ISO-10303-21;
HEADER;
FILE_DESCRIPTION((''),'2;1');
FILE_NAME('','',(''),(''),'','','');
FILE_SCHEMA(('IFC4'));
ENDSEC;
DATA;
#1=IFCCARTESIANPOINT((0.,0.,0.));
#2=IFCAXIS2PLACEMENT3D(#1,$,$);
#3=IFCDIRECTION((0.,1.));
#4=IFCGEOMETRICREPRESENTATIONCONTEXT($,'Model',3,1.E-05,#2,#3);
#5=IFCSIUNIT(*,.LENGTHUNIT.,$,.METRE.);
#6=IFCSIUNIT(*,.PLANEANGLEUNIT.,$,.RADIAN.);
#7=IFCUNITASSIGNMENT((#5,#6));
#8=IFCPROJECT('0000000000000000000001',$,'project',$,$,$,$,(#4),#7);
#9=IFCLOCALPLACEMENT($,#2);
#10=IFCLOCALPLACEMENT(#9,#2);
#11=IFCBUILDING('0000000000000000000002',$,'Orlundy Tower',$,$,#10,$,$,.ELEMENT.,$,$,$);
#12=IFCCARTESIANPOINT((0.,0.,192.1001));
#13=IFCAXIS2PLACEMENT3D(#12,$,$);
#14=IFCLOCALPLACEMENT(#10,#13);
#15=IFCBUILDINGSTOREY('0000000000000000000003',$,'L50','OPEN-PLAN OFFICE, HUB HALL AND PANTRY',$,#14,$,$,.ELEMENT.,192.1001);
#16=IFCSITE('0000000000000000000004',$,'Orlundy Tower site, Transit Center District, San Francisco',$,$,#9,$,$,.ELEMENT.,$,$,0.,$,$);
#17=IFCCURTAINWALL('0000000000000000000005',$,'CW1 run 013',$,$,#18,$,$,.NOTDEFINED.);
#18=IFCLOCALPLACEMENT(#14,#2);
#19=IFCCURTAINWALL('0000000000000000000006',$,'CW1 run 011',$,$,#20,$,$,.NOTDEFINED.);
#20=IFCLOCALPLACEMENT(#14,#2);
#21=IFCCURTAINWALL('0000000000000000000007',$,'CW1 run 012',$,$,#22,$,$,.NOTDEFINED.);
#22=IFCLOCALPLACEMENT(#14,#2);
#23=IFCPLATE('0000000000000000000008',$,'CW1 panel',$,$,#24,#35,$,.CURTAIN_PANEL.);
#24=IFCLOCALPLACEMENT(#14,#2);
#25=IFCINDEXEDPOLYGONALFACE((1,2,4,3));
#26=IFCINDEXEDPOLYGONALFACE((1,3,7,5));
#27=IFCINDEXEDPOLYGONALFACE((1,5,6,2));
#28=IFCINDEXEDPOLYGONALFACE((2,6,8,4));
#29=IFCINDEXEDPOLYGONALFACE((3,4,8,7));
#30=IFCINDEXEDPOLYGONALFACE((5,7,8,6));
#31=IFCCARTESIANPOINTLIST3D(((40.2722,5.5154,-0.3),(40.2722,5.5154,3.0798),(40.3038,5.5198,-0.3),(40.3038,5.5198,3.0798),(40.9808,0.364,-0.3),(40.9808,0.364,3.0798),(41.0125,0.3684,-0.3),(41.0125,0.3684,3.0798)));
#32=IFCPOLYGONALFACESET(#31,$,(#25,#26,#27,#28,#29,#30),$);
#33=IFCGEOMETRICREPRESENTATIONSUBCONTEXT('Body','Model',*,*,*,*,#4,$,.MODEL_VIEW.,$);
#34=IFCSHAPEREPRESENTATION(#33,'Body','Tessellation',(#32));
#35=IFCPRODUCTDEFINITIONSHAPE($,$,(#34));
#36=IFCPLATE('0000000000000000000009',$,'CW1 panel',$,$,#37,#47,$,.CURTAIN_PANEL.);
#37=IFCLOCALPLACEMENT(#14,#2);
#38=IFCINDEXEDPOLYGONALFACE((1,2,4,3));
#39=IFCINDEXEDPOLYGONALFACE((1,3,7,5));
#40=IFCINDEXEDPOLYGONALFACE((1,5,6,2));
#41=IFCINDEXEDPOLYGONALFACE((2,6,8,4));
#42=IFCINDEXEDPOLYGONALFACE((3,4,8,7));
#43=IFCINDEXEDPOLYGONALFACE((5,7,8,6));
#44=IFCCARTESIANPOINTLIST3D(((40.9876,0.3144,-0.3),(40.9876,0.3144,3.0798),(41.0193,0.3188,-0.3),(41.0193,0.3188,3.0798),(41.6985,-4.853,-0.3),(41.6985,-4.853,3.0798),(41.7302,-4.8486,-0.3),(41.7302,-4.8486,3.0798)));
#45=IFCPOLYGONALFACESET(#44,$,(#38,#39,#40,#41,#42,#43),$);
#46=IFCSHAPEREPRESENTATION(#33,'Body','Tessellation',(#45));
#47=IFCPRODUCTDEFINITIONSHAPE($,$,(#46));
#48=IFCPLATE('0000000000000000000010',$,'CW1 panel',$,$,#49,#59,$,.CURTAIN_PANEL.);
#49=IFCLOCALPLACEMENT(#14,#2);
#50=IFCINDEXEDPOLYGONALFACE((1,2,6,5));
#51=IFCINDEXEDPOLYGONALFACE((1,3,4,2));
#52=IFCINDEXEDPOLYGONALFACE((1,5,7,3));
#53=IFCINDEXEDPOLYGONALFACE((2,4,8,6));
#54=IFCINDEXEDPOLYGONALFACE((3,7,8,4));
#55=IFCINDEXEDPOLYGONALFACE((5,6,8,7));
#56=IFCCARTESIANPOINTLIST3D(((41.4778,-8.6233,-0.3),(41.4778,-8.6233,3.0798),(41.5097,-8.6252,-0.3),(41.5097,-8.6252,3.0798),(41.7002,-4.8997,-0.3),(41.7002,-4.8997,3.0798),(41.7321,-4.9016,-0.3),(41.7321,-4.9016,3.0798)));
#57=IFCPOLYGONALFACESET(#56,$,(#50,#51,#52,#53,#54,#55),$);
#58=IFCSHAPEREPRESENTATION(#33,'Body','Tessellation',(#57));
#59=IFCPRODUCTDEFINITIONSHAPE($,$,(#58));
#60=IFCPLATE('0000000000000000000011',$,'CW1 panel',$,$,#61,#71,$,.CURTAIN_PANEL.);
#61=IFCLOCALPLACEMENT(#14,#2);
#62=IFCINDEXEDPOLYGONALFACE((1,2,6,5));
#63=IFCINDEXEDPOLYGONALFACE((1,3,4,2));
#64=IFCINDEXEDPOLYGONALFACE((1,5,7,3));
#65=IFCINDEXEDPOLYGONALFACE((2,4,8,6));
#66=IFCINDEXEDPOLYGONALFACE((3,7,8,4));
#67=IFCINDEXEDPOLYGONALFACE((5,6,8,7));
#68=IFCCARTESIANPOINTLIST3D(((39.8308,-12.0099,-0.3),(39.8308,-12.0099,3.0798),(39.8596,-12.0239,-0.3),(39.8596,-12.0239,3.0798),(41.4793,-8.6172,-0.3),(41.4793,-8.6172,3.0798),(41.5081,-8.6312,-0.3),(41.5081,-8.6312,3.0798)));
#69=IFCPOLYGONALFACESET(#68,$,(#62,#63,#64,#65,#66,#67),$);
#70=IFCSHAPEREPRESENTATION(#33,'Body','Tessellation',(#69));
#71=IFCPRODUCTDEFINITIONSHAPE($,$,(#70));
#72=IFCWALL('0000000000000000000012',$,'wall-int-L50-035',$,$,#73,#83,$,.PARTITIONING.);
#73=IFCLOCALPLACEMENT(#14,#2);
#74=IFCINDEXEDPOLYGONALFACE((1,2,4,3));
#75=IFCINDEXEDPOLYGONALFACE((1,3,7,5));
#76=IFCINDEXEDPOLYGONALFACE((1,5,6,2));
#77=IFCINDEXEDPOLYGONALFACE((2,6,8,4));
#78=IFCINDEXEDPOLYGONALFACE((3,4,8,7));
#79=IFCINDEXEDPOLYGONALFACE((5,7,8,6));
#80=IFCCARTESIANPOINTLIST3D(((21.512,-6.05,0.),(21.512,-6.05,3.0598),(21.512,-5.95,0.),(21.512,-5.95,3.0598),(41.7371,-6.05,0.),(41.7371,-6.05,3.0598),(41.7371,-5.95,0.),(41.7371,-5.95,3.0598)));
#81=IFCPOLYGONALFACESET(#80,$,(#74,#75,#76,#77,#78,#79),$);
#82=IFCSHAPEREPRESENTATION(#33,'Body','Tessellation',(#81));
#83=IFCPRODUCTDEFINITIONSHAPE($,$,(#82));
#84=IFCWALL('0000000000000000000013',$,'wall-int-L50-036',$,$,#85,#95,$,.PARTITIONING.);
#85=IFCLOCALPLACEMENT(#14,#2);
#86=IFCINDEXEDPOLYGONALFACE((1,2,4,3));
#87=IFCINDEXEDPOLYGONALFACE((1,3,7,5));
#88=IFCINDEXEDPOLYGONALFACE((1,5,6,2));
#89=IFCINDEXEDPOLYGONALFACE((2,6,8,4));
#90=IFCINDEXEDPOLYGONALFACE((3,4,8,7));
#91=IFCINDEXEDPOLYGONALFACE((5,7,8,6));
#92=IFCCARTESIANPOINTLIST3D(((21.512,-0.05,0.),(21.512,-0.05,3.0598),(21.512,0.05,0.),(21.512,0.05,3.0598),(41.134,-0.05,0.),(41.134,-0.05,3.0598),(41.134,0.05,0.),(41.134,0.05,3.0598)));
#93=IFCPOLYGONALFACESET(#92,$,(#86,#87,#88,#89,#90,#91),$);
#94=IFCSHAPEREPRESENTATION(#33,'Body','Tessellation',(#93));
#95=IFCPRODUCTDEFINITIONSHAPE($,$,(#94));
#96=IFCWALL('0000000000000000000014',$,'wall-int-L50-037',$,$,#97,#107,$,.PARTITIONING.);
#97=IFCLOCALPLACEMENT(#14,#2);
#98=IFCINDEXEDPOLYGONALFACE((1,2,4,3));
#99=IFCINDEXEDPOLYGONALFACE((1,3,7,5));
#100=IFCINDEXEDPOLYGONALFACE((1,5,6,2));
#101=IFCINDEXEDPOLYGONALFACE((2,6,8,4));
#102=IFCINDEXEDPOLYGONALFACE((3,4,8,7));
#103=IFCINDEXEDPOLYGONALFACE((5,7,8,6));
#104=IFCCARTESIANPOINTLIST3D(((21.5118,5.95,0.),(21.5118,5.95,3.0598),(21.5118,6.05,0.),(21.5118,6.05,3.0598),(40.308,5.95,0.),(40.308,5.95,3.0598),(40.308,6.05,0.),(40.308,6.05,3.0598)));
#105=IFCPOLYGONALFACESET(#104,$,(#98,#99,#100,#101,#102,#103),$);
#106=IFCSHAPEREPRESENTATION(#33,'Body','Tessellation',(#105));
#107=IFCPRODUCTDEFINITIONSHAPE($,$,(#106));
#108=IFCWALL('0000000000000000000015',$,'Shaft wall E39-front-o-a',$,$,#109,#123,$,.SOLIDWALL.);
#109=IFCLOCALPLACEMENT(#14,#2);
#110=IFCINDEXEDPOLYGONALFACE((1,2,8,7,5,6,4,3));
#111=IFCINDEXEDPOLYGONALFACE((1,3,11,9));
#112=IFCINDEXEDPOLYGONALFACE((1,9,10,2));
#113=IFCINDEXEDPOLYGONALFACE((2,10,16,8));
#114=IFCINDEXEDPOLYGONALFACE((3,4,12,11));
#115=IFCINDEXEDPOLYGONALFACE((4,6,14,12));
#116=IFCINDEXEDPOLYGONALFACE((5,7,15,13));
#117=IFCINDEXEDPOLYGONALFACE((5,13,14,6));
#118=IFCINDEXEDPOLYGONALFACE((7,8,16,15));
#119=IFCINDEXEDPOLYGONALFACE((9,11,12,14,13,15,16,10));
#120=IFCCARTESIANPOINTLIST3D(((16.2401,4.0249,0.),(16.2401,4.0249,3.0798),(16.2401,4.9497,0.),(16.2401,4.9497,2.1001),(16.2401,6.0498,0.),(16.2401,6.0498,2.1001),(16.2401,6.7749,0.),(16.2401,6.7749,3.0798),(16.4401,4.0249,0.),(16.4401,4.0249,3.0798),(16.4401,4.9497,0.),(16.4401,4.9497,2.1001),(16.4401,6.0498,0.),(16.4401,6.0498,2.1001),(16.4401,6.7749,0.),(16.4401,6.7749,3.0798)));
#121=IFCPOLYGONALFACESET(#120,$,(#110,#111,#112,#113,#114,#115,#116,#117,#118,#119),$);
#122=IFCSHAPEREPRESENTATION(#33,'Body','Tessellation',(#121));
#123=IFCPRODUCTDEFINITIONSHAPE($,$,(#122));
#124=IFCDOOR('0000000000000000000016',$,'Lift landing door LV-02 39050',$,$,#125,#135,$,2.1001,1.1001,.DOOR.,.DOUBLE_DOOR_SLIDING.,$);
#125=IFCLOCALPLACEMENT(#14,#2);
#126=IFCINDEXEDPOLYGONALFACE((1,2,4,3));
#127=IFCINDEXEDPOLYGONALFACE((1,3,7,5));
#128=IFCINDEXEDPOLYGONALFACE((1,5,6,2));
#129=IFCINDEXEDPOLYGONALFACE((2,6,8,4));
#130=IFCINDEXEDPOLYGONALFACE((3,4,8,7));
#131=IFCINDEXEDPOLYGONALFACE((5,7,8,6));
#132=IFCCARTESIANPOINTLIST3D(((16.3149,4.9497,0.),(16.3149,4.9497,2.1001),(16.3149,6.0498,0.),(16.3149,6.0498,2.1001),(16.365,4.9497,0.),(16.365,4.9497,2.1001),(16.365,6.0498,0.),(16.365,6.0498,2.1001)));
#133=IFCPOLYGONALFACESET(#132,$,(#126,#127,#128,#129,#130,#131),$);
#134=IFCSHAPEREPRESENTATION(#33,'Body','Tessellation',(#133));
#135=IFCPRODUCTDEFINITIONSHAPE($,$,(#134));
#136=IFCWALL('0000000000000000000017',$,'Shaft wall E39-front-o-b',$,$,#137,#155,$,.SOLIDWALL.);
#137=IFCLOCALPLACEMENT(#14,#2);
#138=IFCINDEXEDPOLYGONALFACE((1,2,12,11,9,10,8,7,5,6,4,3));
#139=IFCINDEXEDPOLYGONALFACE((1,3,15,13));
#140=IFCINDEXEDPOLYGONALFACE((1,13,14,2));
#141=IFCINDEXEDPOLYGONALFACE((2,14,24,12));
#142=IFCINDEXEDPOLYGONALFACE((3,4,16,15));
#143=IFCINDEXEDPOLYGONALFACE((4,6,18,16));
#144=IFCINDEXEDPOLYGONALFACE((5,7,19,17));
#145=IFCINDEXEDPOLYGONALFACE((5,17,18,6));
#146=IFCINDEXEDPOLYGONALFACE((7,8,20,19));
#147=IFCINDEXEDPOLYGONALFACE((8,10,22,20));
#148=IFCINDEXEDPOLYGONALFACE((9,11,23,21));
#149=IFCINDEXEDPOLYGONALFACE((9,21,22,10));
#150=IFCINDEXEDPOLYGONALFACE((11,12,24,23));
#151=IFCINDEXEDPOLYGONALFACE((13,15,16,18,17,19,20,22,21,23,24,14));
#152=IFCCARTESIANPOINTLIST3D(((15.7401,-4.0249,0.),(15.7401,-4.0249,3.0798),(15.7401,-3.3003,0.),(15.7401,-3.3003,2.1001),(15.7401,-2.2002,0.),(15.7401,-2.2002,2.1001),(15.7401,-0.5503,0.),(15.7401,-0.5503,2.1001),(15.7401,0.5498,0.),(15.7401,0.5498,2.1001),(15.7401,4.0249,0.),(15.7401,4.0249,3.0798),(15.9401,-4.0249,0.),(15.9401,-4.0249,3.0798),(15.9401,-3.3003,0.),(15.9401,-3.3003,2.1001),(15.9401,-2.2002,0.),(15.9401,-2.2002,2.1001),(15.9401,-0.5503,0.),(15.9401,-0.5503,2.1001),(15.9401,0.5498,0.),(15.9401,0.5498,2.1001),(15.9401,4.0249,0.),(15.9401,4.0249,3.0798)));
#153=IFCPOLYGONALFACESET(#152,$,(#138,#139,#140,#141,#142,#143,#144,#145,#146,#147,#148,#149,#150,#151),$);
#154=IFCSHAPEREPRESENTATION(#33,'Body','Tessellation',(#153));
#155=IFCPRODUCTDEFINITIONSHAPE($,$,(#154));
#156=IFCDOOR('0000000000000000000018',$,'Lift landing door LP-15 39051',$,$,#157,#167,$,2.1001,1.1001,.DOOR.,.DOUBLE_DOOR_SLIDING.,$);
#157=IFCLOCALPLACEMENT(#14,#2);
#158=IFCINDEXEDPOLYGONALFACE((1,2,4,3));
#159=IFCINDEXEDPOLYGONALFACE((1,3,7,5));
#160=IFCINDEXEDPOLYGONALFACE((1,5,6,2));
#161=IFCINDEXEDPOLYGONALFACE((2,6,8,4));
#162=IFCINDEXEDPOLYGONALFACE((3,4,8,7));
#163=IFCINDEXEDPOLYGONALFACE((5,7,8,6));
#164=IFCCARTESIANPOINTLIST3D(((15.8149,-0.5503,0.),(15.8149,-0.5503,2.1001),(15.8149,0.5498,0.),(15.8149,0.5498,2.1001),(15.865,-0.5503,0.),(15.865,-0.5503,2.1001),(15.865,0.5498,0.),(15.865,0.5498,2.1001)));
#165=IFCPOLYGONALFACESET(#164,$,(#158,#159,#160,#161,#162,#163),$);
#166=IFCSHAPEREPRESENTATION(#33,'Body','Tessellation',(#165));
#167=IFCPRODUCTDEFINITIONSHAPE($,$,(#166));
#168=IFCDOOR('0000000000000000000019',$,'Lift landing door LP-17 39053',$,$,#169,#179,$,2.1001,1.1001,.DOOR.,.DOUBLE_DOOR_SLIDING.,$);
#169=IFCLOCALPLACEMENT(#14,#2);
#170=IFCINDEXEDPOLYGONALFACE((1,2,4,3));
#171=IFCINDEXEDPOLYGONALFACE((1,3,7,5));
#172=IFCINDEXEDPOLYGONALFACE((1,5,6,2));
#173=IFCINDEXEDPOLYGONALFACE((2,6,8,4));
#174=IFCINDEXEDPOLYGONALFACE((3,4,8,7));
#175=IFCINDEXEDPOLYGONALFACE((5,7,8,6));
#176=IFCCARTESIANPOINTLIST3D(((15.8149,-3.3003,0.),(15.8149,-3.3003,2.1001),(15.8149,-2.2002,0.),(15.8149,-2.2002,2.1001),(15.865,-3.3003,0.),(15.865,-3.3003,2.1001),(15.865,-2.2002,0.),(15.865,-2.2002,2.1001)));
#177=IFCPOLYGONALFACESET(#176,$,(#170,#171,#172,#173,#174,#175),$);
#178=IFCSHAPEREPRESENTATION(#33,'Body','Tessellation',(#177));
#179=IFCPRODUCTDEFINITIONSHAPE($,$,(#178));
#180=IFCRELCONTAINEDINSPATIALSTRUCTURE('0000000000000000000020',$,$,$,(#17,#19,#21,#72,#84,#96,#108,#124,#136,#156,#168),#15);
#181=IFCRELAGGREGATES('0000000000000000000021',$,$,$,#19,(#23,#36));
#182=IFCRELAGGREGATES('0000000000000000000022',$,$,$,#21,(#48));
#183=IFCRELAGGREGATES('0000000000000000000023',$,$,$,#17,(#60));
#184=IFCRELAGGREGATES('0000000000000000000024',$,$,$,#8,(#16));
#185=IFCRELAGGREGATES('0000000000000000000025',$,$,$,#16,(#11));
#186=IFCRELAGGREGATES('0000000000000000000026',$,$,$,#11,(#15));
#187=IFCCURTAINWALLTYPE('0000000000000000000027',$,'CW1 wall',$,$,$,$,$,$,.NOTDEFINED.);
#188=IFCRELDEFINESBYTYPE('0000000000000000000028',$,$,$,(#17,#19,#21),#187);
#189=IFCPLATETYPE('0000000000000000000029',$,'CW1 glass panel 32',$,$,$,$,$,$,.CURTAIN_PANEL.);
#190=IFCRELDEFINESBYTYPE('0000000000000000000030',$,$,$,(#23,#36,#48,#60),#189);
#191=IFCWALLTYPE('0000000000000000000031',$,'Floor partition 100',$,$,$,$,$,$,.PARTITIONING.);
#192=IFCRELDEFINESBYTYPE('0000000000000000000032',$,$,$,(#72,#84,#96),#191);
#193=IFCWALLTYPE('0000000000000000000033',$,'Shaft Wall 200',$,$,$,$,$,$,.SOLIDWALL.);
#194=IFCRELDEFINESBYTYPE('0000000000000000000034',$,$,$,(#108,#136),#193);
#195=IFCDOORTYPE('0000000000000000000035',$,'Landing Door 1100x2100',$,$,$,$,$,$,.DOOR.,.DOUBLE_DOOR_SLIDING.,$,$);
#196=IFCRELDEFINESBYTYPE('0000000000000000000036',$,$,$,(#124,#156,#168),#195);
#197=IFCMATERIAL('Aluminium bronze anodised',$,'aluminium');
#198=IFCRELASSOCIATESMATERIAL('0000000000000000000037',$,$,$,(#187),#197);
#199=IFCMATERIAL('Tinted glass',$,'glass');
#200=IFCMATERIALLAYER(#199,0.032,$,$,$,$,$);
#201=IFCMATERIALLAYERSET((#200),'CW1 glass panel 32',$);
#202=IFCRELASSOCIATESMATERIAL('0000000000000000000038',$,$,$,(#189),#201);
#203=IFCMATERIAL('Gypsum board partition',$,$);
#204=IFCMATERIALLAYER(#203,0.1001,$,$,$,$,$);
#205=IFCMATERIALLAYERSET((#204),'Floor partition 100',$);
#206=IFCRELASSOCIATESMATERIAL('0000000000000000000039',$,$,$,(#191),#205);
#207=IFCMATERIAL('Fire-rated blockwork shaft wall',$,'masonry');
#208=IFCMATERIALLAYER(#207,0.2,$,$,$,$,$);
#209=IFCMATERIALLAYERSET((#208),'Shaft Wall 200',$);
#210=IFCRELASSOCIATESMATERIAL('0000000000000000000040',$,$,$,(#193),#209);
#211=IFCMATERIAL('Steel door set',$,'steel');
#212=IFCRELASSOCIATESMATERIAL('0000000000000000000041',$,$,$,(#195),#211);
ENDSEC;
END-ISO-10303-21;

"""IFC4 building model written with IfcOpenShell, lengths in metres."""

from ifc_helpers import new_model, si_unit, direction, frame, frame_2d, origin, origin_2d, place, context, subcontext, project, spatial, rectangle, extrude, material, layer, layer_set, type_object, element, fill, aggregate, save


model = new_model("IFC4")

# Units and contexts
model_context = context("Model", 3, precision=1e-05, world=origin(), true_north=direction((0.0, 1.0)))
body_context = subcontext(model_context, "Body", "Model", "MODEL_VIEW")
ifc_project = project(units=[si_unit("LENGTHUNIT", "METRE"), si_unit("PLANEANGLEUNIT", "RADIAN")], contexts=[model_context])

# Site, building, storey
site_placement = place(None, origin())
site = spatial("IfcSite", under=ifc_project, at=site_placement, Name="Orlundy Tower site, Transit Center District, San Francisco", CompositionType="ELEMENT", RefElevation=0.0)
building_placement = place(site_placement, origin())
building = spatial("IfcBuilding", under=site, at=building_placement, Name="Orlundy Tower", CompositionType="ELEMENT")
storey_placement = place(building_placement, frame((0.0, 0.0, 192.1001)))
storey = spatial("IfcBuildingStorey", under=building, at=storey_placement, Name="L50", Description="OPEN-PLAN OFFICE, HUB HALL AND PANTRY", CompositionType="ELEMENT", Elevation=192.1001)

# Curtain wall
ifc_material_1 = material(Name="Aluminium bronze anodised", Category="aluminium")
curtain_wall_type = type_object("IfcCurtainWallType", Name="CW1 wall", PredefinedType="NOTDEFINED", material=ifc_material_1)
curtain_wall_1_placement = place(storey_placement, origin())
curtain_wall_1 = element("IfcCurtainWall", 1, at=curtain_wall_1_placement, inside=storey, type_object=curtain_wall_type, Name="CW1 run 013", PredefinedType="NOTDEFINED")

# Curtain wall
curtain_wall_2_placement = place(storey_placement, origin())
curtain_wall_2 = element("IfcCurtainWall", 2, at=curtain_wall_2_placement, inside=storey, type_object=curtain_wall_type, Name="CW1 run 011", PredefinedType="NOTDEFINED")

# Curtain wall
curtain_wall_3_placement = place(storey_placement, origin())
curtain_wall_3 = element("IfcCurtainWall", 3, at=curtain_wall_3_placement, inside=storey, type_object=curtain_wall_type, Name="CW1 run 012", PredefinedType="NOTDEFINED")

# Plates
ifc_material_2 = material(Name="Tinted glass", Category="glass")
ifc_layer_1 = layer(ifc_material_2, 0.032)
ifc_layer_set_1 = layer_set([ifc_layer_1], Name="CW1 glass panel 32")
plate_type = type_object("IfcPlateType", Name="CW1 glass panel 32", PredefinedType="CURTAIN_PANEL", material=ifc_layer_set_1)
plate_1_placement = place(storey_placement, frame((40.6423, 2.9419, -0.3), z_axis=(0.0, 0.0, 1.0), x_axis=(0.136286, -0.99067, 0.0)))
plate_1 = element("IfcPlate", 4, at=plate_1_placement, type_object=plate_type, Name="CW1 panel", PredefinedType="CURTAIN_PANEL", context=body_context, shape_type="SweptSolid", body=[
    extrude(rectangle(XDim=5.2, YDim=0.032, at=origin_2d()), origin(), (0.0, 0.0, 1.0), 3.3799),
])
plate_2_placement = place(storey_placement, frame((41.3589, -2.2671, -0.3), z_axis=(0.0, 0.0, 1.0), x_axis=(0.136286, -0.99067, 0.0)))
plate_2 = element("IfcPlate", 5, at=plate_2_placement, type_object=plate_type, Name="CW1 panel", PredefinedType="CURTAIN_PANEL", context=body_context, shape_type="SweptSolid", body=[
    extrude(rectangle(XDim=5.2161, YDim=0.032, at=origin_2d()), origin(), (0.0, 0.0, 1.0), 3.3799),
])
aggregate(curtain_wall_2, [plate_1, plate_2])
plate_3_placement = place(storey_placement, frame((41.605, -6.7625, -0.3), z_axis=(0.0, 0.0, 1.0), x_axis=(-0.059623, -0.998221, 0.0)))
plate_3 = element("IfcPlate", 6, at=plate_3_placement, type_object=plate_type, Name="CW1 panel", PredefinedType="CURTAIN_PANEL", context=body_context, shape_type="SweptSolid", body=[
    extrude(rectangle(XDim=3.7302, YDim=0.032, at=origin_2d()), origin(), (0.0, 0.0, 1.0), 3.3799),
])
aggregate(curtain_wall_3, [plate_3])
plate_4_placement = place(storey_placement, frame((40.6694, -10.3206, -0.3), z_axis=(0.0, 0.0, 1.0), x_axis=(-0.437041, -0.899442, 0.0)))
plate_4 = element("IfcPlate", 7, at=plate_4_placement, type_object=plate_type, Name="CW1 panel", PredefinedType="CURTAIN_PANEL", context=body_context, shape_type="SweptSolid", body=[
    extrude(rectangle(XDim=3.772, YDim=0.032, at=origin_2d()), origin(), (0.0, 0.0, 1.0), 3.3799),
])
aggregate(curtain_wall_1, [plate_4])

# Walls
ifc_material_3 = material(Name="Gypsum board partition")
ifc_layer_2 = layer(ifc_material_3, 0.1001)
ifc_layer_set_2 = layer_set([ifc_layer_2], Name="Floor partition 100")
wall_type_1 = type_object("IfcWallType", Name="Floor partition 100", PredefinedType="PARTITIONING", material=ifc_layer_set_2)
wall_1_placement = place(storey_placement, frame((21.512, -6.0, 0.0), z_axis=(0.0, 0.0, 1.0), x_axis=(1.0, 0.0, 0.0)))
element("IfcWall", 8, at=wall_1_placement, inside=storey, type_object=wall_type_1, Name="wall-int-L50-035", PredefinedType="PARTITIONING", context=body_context, shape_type="SweptSolid", body=[
    extrude(rectangle(XDim=20.2251, YDim=0.1001, at=frame_2d((10.1125, 0.0))), origin(), (0.0, 0.0, 1.0), 3.0598),
])
wall_2_placement = place(storey_placement, frame((21.512, 0.0, 0.0), z_axis=(0.0, 0.0, 1.0), x_axis=(1.0, 0.0, 0.0)))
element("IfcWall", 9, at=wall_2_placement, inside=storey, type_object=wall_type_1, Name="wall-int-L50-036", PredefinedType="PARTITIONING", context=body_context, shape_type="SweptSolid", body=[
    extrude(rectangle(XDim=19.6221, YDim=0.1001, at=frame_2d((9.811, 0.0))), origin(), (0.0, 0.0, 1.0), 3.0598),
])
wall_3_placement = place(storey_placement, frame((21.512, 6.0, 0.0), z_axis=(0.0, 0.0, 1.0), x_axis=(1.0, 0.0, 0.0)))
element("IfcWall", 10, at=wall_3_placement, inside=storey, type_object=wall_type_1, Name="wall-int-L50-037", PredefinedType="PARTITIONING", context=body_context, shape_type="SweptSolid", body=[
    extrude(rectangle(XDim=18.7961, YDim=0.1001, at=frame_2d((9.3979, 0.0))), origin(), (0.0, 0.0, 1.0), 3.0598),
])

# Wall, opening, door
ifc_material_4 = material(Name="Fire-rated blockwork shaft wall", Category="masonry")
ifc_layer_3 = layer(ifc_material_4, 0.2)
ifc_layer_set_3 = layer_set([ifc_layer_3], Name="Shaft Wall 200")
wall_type_2 = type_object("IfcWallType", Name="Shaft Wall 200", PredefinedType="SOLIDWALL", material=ifc_layer_set_3)
wall_4_placement = place(storey_placement, frame((16.3401, 6.7749, 0.0), z_axis=(0.0, 0.0, 1.0), x_axis=(0.0, -1.0, 0.0)))
wall_4 = element("IfcWall", 11, at=wall_4_placement, inside=storey, type_object=wall_type_2, Name="Shaft wall E39-front-o-a", PredefinedType="SOLIDWALL", context=body_context, shape_type="SweptSolid", body=[
    extrude(rectangle(XDim=2.75, YDim=0.2, at=frame_2d((1.375, 0.0))), origin(), (0.0, 0.0, 1.0), 3.0798),
])
opening_1_placement = place(wall_4_placement, frame((0.7251, 0.0, 0.0)))
opening_1 = element("IfcOpeningElement", 12, at=opening_1_placement, cuts=wall_4, PredefinedType="OPENING", context=body_context, shape_type="SweptSolid", body=[
    extrude(rectangle(XDim=1.1001, YDim=2.1001, at=frame_2d((0.55, 1.05))), frame((0.0, 0.1101, 0.0), z_axis=(0.0, -1.0, 0.0), x_axis=(1.0, 0.0, 0.0)), (0.0, 0.0, 1.0), 0.2202),
])
ifc_material_5 = material(Name="Steel door set", Category="steel")
door_type = type_object("IfcDoorType", Name="Landing Door 1100x2100", OperationType="DOUBLE_DOOR_SLIDING", PredefinedType="DOOR", material=ifc_material_5)
door_1_placement = place(opening_1_placement, origin())
door_1 = element("IfcDoor", 13, at=door_1_placement, inside=storey, type_object=door_type, Name="Lift landing door LV-02 39050", OperationType="DOUBLE_DOOR_SLIDING", OverallHeight=2.1001, OverallWidth=1.1001, PredefinedType="DOOR", context=body_context, shape_type="SweptSolid", body=[
    extrude(rectangle(XDim=1.1001, YDim=2.1001, at=frame_2d((0.55, 1.05))), frame((0.0, 0.0249, 0.0), z_axis=(0.0, -1.0, 0.0), x_axis=(1.0, 0.0, 0.0)), (0.0, 0.0, 1.0), 0.05),
])
fill(opening_1, door_1)

# Wall, openings, doors
wall_5_placement = place(storey_placement, frame((15.8401, 4.0249, 0.0), z_axis=(0.0, 0.0, 1.0), x_axis=(0.0, -1.0, 0.0)))
wall_5 = element("IfcWall", 14, at=wall_5_placement, inside=storey, type_object=wall_type_2, Name="Shaft wall E39-front-o-b", PredefinedType="SOLIDWALL", context=body_context, shape_type="SweptSolid", body=[
    extrude(rectangle(XDim=8.0498, YDim=0.2, at=frame_2d((4.0249, 0.0))), origin(), (0.0, 0.0, 1.0), 3.0798),
])
opening_2_placement = place(wall_5_placement, frame((3.4751, 0.0, 0.0)))
opening_2 = element("IfcOpeningElement", 15, at=opening_2_placement, cuts=wall_5, PredefinedType="OPENING", context=body_context, shape_type="SweptSolid", body=[
    extrude(rectangle(XDim=1.1001, YDim=2.1001, at=frame_2d((0.55, 1.05))), frame((0.0, 0.1101, 0.0), z_axis=(0.0, -1.0, 0.0), x_axis=(1.0, 0.0, 0.0)), (0.0, 0.0, 1.0), 0.2202),
])
opening_3_placement = place(wall_5_placement, frame((6.2251, 0.0, 0.0)))
opening_3 = element("IfcOpeningElement", 16, at=opening_3_placement, cuts=wall_5, PredefinedType="OPENING", context=body_context, shape_type="SweptSolid", body=[
    extrude(rectangle(XDim=1.1001, YDim=2.1001, at=frame_2d((0.55, 1.05))), frame((0.0, 0.1101, 0.0), z_axis=(0.0, -1.0, 0.0), x_axis=(1.0, 0.0, 0.0)), (0.0, 0.0, 1.0), 0.2202),
])
door_2_placement = place(opening_2_placement, origin())
door_2 = element("IfcDoor", 17, at=door_2_placement, inside=storey, type_object=door_type, Name="Lift landing door LP-15 39051", OperationType="DOUBLE_DOOR_SLIDING", OverallHeight=2.1001, OverallWidth=1.1001, PredefinedType="DOOR", context=body_context, shape_type="SweptSolid", body=[
    extrude(rectangle(XDim=1.1001, YDim=2.1001, at=frame_2d((0.55, 1.05))), frame((0.0, 0.0249, 0.0), z_axis=(0.0, -1.0, 0.0), x_axis=(1.0, 0.0, 0.0)), (0.0, 0.0, 1.0), 0.05),
])
fill(opening_2, door_2)
door_3_placement = place(opening_3_placement, origin())
door_3 = element("IfcDoor", 18, at=door_3_placement, inside=storey, type_object=door_type, Name="Lift landing door LP-17 39053", OperationType="DOUBLE_DOOR_SLIDING", OverallHeight=2.1001, OverallWidth=1.1001, PredefinedType="DOOR", context=body_context, shape_type="SweptSolid", body=[
    extrude(rectangle(XDim=1.1001, YDim=2.1001, at=frame_2d((0.55, 1.05))), frame((0.0, 0.0249, 0.0), z_axis=(0.0, -1.0, 0.0), x_axis=(1.0, 0.0, 0.0)), (0.0, 0.0, 1.0), 0.05),
])
fill(opening_3, door_3)

save(model, "model.ifc")
